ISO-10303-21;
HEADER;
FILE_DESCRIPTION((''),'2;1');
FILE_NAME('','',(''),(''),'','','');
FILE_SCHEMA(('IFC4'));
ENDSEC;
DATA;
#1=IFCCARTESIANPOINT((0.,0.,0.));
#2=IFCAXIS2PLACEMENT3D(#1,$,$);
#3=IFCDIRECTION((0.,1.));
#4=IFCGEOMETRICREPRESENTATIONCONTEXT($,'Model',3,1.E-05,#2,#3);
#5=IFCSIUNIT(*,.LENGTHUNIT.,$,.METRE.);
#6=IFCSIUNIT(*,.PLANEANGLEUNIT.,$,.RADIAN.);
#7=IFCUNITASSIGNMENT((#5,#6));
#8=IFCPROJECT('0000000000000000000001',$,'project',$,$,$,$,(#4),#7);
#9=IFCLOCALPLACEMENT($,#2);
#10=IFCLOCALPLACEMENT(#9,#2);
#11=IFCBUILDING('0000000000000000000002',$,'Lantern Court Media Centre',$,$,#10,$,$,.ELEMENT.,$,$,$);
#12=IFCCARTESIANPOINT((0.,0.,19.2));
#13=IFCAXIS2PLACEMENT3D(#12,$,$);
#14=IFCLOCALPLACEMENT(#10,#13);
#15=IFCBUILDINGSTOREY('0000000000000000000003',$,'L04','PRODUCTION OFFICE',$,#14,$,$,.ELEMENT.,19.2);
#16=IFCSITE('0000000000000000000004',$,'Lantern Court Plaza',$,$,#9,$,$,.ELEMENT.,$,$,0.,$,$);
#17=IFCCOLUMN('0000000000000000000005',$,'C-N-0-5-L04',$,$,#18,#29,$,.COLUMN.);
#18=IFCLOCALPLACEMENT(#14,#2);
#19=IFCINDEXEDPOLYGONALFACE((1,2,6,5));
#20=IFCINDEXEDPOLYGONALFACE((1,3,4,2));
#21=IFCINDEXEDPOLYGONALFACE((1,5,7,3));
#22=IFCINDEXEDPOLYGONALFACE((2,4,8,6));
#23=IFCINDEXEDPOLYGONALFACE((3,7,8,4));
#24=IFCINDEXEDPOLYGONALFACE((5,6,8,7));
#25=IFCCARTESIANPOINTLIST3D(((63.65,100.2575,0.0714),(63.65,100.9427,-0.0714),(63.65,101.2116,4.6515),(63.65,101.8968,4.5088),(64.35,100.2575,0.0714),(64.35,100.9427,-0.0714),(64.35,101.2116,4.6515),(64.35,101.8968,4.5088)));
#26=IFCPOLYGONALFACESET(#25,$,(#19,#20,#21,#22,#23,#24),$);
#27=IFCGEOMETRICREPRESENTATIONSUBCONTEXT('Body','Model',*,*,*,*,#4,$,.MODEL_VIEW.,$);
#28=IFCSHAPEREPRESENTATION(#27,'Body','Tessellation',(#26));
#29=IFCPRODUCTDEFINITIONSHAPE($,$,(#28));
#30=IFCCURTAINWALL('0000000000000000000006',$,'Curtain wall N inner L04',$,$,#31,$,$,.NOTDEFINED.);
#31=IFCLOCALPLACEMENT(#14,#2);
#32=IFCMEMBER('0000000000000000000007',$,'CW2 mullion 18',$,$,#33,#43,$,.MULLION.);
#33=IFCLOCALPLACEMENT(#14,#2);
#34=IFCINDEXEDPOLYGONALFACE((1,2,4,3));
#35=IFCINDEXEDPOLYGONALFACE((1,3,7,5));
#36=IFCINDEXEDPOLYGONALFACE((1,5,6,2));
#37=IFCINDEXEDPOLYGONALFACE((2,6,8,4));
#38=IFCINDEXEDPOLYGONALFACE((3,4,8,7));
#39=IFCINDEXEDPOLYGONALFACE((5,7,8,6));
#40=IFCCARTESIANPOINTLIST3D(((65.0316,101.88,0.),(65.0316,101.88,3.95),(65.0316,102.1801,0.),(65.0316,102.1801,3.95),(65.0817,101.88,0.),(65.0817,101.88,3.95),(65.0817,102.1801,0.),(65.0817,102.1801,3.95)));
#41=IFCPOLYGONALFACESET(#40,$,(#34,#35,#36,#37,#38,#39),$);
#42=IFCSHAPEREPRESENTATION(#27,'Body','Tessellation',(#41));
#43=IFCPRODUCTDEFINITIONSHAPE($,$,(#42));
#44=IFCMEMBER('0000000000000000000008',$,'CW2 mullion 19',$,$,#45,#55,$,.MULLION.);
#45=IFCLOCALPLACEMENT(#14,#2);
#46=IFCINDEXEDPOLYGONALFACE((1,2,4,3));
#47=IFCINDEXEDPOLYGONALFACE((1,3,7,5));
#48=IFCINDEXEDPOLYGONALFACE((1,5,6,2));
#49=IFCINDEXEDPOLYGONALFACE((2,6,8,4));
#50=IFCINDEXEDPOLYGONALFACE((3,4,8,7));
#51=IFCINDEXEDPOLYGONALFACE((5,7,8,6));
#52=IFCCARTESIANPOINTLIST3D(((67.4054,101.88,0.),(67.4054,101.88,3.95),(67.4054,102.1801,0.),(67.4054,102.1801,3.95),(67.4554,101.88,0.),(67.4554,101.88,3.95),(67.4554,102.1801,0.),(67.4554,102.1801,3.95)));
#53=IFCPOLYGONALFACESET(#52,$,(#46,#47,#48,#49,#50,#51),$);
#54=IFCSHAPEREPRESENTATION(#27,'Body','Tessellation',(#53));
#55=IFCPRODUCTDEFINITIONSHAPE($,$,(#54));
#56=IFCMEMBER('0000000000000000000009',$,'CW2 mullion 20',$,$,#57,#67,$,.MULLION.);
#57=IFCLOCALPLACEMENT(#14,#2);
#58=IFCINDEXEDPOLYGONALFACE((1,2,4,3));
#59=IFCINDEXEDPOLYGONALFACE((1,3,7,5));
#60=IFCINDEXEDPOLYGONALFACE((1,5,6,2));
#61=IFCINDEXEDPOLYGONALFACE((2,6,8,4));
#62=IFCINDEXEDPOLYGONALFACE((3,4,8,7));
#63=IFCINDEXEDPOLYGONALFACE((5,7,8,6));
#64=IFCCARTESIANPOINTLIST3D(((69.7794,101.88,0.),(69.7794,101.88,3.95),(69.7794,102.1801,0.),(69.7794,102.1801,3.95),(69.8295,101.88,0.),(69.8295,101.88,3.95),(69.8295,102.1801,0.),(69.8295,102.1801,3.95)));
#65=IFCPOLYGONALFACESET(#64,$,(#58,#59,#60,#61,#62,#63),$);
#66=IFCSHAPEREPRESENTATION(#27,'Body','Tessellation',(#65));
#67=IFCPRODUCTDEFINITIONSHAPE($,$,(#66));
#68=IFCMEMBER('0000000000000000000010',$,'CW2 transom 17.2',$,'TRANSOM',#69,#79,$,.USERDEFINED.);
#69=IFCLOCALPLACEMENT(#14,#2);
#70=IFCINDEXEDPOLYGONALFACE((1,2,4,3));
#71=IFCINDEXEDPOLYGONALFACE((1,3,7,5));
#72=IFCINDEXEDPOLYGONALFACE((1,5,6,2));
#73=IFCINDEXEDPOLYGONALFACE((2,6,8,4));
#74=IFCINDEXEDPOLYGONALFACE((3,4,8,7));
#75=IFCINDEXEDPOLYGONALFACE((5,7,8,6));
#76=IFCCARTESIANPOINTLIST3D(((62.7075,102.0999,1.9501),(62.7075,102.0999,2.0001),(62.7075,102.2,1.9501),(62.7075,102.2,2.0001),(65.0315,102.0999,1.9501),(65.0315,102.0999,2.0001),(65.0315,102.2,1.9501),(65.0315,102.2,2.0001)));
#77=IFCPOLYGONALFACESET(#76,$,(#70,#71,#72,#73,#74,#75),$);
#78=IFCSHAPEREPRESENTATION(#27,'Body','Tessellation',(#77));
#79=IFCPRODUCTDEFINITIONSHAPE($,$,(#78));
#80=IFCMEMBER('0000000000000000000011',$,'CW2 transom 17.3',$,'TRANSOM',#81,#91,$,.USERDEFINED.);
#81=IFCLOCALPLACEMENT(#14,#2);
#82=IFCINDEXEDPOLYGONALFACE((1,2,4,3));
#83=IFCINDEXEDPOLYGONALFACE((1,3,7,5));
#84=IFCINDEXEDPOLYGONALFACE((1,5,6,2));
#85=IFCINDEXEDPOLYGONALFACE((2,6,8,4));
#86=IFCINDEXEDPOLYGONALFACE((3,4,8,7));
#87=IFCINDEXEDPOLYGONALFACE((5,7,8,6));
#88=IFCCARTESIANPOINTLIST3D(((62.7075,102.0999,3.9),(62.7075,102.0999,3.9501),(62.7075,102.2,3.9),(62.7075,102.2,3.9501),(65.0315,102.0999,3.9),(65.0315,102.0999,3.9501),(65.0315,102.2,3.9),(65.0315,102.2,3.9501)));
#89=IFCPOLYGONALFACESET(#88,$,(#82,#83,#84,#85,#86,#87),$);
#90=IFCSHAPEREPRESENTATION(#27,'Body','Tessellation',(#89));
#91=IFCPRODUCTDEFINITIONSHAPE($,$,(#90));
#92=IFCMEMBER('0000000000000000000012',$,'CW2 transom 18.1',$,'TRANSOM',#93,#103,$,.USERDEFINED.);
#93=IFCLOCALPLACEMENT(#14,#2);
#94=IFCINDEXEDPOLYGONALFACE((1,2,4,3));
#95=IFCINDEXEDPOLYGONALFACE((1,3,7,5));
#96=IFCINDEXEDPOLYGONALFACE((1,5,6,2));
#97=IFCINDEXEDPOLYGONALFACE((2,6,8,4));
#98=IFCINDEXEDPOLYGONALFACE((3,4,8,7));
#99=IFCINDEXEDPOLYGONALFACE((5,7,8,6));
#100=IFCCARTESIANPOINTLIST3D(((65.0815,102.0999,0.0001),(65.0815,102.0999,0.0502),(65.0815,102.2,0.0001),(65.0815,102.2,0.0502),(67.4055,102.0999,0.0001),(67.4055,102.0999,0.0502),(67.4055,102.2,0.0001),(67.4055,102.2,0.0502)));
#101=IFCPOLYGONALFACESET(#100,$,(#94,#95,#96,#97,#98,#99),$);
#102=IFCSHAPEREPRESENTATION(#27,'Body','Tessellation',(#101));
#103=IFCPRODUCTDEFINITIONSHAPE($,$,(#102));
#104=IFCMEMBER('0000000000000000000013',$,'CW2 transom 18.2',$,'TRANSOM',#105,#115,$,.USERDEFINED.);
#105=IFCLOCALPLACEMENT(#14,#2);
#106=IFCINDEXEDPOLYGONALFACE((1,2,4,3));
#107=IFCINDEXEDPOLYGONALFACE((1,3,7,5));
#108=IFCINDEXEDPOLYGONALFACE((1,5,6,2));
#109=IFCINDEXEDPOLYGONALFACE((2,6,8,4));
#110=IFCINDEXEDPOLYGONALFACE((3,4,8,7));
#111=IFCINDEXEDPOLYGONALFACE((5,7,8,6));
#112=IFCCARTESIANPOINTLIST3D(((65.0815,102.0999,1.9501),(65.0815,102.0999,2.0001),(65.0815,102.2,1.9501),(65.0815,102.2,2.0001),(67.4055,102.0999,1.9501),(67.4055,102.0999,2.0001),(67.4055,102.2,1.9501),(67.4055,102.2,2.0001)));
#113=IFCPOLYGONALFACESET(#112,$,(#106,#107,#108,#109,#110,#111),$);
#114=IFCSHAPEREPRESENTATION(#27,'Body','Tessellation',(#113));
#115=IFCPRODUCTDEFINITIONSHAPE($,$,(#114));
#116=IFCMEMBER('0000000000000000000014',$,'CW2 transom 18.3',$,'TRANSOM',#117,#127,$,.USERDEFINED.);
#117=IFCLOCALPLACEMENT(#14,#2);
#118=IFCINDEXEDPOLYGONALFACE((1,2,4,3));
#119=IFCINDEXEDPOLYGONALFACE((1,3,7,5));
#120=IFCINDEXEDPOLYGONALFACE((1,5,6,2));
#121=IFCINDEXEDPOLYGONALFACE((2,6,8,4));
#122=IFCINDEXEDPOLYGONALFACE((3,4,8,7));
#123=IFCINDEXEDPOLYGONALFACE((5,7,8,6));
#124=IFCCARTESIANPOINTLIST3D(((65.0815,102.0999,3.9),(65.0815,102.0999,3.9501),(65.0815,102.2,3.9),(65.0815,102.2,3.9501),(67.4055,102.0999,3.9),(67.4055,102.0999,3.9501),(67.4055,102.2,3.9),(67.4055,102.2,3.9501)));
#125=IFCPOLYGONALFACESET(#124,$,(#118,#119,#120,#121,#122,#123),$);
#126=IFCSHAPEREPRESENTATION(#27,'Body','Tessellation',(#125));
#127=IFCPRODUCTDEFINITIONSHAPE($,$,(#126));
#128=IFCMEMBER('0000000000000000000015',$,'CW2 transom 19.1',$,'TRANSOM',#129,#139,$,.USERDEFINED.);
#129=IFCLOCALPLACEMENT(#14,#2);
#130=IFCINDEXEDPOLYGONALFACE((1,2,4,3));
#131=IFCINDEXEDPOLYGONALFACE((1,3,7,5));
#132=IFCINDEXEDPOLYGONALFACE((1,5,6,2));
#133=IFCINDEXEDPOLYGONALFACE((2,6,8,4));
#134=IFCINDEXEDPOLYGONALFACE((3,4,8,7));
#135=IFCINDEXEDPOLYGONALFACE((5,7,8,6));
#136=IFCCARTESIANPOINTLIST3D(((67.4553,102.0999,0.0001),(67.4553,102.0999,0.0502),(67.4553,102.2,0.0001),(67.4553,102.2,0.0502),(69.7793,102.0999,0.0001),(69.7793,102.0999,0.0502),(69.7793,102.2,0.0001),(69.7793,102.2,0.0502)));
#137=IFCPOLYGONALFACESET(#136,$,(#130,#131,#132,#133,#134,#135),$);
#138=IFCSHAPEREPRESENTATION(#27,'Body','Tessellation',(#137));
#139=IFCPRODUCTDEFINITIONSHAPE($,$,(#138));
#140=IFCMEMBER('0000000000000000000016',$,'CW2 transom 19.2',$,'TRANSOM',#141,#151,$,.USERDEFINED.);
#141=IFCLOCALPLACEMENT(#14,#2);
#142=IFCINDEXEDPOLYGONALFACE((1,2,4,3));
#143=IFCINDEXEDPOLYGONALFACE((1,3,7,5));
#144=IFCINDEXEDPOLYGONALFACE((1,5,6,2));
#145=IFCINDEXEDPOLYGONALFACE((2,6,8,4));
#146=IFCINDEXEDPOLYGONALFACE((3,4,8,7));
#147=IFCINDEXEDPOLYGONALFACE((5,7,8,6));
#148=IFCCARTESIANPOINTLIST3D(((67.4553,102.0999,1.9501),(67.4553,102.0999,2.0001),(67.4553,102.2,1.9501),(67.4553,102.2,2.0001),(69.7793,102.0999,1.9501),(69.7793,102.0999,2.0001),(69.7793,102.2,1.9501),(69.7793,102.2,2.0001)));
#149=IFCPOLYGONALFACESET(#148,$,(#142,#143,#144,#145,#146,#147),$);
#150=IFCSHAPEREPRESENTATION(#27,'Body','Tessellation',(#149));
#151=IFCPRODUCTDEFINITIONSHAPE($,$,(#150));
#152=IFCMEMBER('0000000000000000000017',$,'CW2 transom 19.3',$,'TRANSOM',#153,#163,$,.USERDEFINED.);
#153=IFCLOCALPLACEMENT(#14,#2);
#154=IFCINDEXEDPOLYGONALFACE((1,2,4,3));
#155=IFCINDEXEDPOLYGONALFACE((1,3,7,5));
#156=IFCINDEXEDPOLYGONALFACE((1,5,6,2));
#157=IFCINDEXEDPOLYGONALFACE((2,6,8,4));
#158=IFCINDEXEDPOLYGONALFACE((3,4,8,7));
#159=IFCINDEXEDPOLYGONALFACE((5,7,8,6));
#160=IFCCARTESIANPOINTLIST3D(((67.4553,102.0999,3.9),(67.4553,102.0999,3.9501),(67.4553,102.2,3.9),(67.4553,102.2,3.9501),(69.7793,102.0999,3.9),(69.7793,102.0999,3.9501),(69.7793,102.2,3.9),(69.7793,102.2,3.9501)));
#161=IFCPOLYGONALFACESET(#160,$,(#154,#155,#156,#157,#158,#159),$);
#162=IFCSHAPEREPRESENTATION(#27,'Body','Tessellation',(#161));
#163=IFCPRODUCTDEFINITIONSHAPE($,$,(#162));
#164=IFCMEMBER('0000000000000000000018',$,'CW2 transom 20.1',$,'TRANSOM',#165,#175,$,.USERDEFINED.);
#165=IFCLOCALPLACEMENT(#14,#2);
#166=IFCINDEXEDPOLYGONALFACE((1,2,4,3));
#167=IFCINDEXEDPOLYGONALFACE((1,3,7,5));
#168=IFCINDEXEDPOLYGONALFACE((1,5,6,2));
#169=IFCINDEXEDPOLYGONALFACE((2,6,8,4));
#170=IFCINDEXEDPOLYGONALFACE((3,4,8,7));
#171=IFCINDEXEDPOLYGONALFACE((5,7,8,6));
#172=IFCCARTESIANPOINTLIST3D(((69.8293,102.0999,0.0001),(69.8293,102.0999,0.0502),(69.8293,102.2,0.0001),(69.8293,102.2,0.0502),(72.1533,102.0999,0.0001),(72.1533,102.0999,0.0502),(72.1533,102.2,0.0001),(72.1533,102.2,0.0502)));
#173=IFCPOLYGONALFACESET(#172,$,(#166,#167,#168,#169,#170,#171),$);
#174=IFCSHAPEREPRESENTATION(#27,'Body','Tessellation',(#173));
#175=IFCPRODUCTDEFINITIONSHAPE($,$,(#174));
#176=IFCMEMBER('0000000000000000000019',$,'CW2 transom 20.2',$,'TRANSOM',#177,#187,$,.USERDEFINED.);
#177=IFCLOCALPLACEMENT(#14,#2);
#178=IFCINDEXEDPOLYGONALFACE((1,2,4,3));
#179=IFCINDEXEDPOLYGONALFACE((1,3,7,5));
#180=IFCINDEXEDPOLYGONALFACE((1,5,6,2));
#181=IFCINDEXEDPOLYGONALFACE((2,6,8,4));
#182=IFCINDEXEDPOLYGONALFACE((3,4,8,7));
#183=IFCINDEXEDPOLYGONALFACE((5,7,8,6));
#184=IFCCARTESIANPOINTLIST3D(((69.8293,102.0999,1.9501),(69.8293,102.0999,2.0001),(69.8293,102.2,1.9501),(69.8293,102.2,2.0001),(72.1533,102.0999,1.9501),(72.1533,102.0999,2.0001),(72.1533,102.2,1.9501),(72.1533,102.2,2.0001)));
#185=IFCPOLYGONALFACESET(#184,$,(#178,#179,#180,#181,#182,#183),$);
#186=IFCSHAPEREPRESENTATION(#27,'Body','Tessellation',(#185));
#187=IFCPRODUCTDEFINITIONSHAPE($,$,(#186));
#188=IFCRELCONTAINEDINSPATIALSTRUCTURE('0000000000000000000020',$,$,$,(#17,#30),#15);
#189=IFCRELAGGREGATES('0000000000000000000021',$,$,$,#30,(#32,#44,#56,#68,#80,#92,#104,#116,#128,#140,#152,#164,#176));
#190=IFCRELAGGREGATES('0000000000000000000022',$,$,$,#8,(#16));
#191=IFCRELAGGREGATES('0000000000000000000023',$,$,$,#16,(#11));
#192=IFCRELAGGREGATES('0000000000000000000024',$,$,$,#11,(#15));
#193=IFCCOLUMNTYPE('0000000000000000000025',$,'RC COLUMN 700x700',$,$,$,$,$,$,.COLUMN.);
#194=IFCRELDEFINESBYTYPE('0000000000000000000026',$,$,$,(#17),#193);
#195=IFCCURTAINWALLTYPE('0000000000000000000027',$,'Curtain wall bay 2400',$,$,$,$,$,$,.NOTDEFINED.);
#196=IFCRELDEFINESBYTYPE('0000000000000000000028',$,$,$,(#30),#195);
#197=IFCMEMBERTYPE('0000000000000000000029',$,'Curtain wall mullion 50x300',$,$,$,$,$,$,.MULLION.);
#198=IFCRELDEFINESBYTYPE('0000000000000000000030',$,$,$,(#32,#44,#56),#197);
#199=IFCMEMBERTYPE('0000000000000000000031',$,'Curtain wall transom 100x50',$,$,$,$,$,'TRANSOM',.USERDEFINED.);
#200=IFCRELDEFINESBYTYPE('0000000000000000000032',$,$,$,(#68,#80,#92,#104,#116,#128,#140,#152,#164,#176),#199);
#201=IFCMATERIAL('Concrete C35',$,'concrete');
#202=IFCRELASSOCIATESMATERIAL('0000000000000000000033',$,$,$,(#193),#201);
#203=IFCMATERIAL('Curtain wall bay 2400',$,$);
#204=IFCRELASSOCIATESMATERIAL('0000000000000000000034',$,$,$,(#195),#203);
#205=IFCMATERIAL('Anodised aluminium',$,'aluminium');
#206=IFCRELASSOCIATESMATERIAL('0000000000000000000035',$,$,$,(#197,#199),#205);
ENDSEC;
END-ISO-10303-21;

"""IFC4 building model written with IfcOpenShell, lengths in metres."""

from ifc_helpers import new_model, si_unit, direction, frame, origin, origin_2d, place, context, subcontext, project, spatial, rectangle, extrude, material, material_profile, profile_set, type_object, element, aggregate, save


model = new_model("IFC4")

# Units and contexts
model_context = context("Model", 3, precision=1e-05, world=origin(), true_north=direction((0.0, 1.0)))
body_context = subcontext(model_context, "Body", "Model", "MODEL_VIEW")
ifc_project = project(units=[si_unit("LENGTHUNIT", "METRE"), si_unit("PLANEANGLEUNIT", "RADIAN")], contexts=[model_context])

# Site, building, storey
site_placement = place(None, origin())
site = spatial("IfcSite", under=ifc_project, at=site_placement, Name="Lantern Court Plaza", CompositionType="ELEMENT", RefElevation=0.0)
building_placement = place(site_placement, origin())
building = spatial("IfcBuilding", under=site, at=building_placement, Name="Lantern Court Media Centre", CompositionType="ELEMENT")
storey_placement = place(building_placement, frame((0.0, 0.0, 19.2)))
storey = spatial("IfcBuildingStorey", under=building, at=storey_placement, Name="L04", Description="PRODUCTION OFFICE", CompositionType="ELEMENT", Elevation=19.2)

# Column
ifc_material_1 = material(Name="Concrete C35", Category="concrete")
ifc_material_profile_1 = material_profile(ifc_material_1, rectangle(XDim=0.7, YDim=0.7, at=origin_2d()), Name="RC 700x700")
ifc_profile_set_1 = profile_set([ifc_material_profile_1], Name="Concrete C35")
column_type = type_object("IfcColumnType", Name="RC COLUMN 700x700", PredefinedType="COLUMN", material=ifc_profile_set_1)
column_placement = place(storey_placement, frame((64.0, 100.6001, 0.0), z_axis=(0.0, 0.203938, 0.978984), x_axis=(-1.0, 0.0, 0.0)))
element("IfcColumn", 1, at=column_placement, inside=storey, type_object=column_type, Name="C-N-0-5-L04", PredefinedType="COLUMN", context=body_context, shape_type="SweptSolid", body=[
    extrude(rectangle(XDim=0.7, YDim=0.7, at=origin_2d()), origin(), (0.0, 0.0, 1.0), 4.6785),
])

# Curtain wall, members
ifc_material_2 = material(Name="Curtain wall bay 2400")
curtain_wall_type = type_object("IfcCurtainWallType", Name="Curtain wall bay 2400", PredefinedType="NOTDEFINED", material=ifc_material_2)
curtain_wall_placement = place(storey_placement, origin())
curtain_wall = element("IfcCurtainWall", 2, at=curtain_wall_placement, inside=storey, type_object=curtain_wall_type, Name="Curtain wall N inner L04", PredefinedType="NOTDEFINED")
ifc_material_3 = material(Name="Anodised aluminium", Category="aluminium")
ifc_material_profile_2 = material_profile(ifc_material_3, rectangle(XDim=0.3, YDim=0.05, at=origin_2d()), Name="AL 50x300")
ifc_profile_set_2 = profile_set([ifc_material_profile_2], Name="Anodised aluminium")
member_type_1 = type_object("IfcMemberType", Name="Curtain wall mullion 50x300", PredefinedType="MULLION", material=ifc_profile_set_2)
member_1_placement = place(storey_placement, frame((65.0566, 102.03, 0.0), z_axis=(0.0, 0.0, 1.0), x_axis=(0.0, 1.0, 0.0)))
member_1 = element("IfcMember", 3, at=member_1_placement, type_object=member_type_1, Name="CW2 mullion 18", PredefinedType="MULLION", context=body_context, shape_type="SweptSolid", body=[
    extrude(rectangle(XDim=0.3, YDim=0.05, at=origin_2d()), origin(), (0.0, 0.0, 1.0), 3.95),
])
member_2_placement = place(storey_placement, frame((67.4304, 102.03, 0.0), z_axis=(0.0, 0.0, 1.0), x_axis=(0.0, 1.0, 0.0)))
member_2 = element("IfcMember", 4, at=member_2_placement, type_object=member_type_1, Name="CW2 mullion 19", PredefinedType="MULLION", context=body_context, shape_type="SweptSolid", body=[
    extrude(rectangle(XDim=0.3, YDim=0.05, at=origin_2d()), origin(), (0.0, 0.0, 1.0), 3.95),
])
member_3_placement = place(storey_placement, frame((69.8044, 102.03, 0.0), z_axis=(0.0, 0.0, 1.0), x_axis=(0.0, 1.0, 0.0)))
member_3 = element("IfcMember", 5, at=member_3_placement, type_object=member_type_1, Name="CW2 mullion 20", PredefinedType="MULLION", context=body_context, shape_type="SweptSolid", body=[
    extrude(rectangle(XDim=0.3, YDim=0.05, at=origin_2d()), origin(), (0.0, 0.0, 1.0), 3.95),
])
ifc_material_profile_3 = material_profile(ifc_material_3, rectangle(XDim=0.1001, YDim=0.05, at=origin_2d()), Name="AL 50x100")
ifc_profile_set_3 = profile_set([ifc_material_profile_3], Name="Anodised aluminium")
member_type_2 = type_object("IfcMemberType", Name="Curtain wall transom 100x50", ElementType="TRANSOM", PredefinedType="USERDEFINED", material=ifc_profile_set_3)
member_4_placement = place(storey_placement, frame((62.7075, 102.1499, 1.9751), z_axis=(1.0, 0.0, 0.0), x_axis=(0.0, 1.0, 0.0)))
member_4 = element("IfcMember", 6, at=member_4_placement, type_object=member_type_2, Name="CW2 transom 17.2", ObjectType="TRANSOM", PredefinedType="USERDEFINED", context=body_context, shape_type="SweptSolid", body=[
    extrude(rectangle(XDim=0.1001, YDim=0.05, at=origin_2d()), origin(), (0.0, 0.0, 1.0), 2.324),
])
member_5_placement = place(storey_placement, frame((62.7075, 102.1499, 3.925), z_axis=(1.0, 0.0, 0.0), x_axis=(0.0, 1.0, 0.0)))
member_5 = element("IfcMember", 7, at=member_5_placement, type_object=member_type_2, Name="CW2 transom 17.3", ObjectType="TRANSOM", PredefinedType="USERDEFINED", context=body_context, shape_type="SweptSolid", body=[
    extrude(rectangle(XDim=0.1001, YDim=0.05, at=origin_2d()), origin(), (0.0, 0.0, 1.0), 2.324),
])
member_6_placement = place(storey_placement, frame((65.0815, 102.1499, 0.0251), z_axis=(1.0, 0.0, 0.0), x_axis=(0.0, 1.0, 0.0)))
member_6 = element("IfcMember", 8, at=member_6_placement, type_object=member_type_2, Name="CW2 transom 18.1", ObjectType="TRANSOM", PredefinedType="USERDEFINED", context=body_context, shape_type="SweptSolid", body=[
    extrude(rectangle(XDim=0.1001, YDim=0.05, at=origin_2d()), origin(), (0.0, 0.0, 1.0), 2.324),
])
member_7_placement = place(storey_placement, frame((65.0815, 102.1499, 1.9751), z_axis=(1.0, 0.0, 0.0), x_axis=(0.0, 1.0, 0.0)))
member_7 = element("IfcMember", 9, at=member_7_placement, type_object=member_type_2, Name="CW2 transom 18.2", ObjectType="TRANSOM", PredefinedType="USERDEFINED", context=body_context, shape_type="SweptSolid", body=[
    extrude(rectangle(XDim=0.1001, YDim=0.05, at=origin_2d()), origin(), (0.0, 0.0, 1.0), 2.324),
])
member_8_placement = place(storey_placement, frame((65.0815, 102.1499, 3.925), z_axis=(1.0, 0.0, 0.0), x_axis=(0.0, 1.0, 0.0)))
member_8 = element("IfcMember", 10, at=member_8_placement, type_object=member_type_2, Name="CW2 transom 18.3", ObjectType="TRANSOM", PredefinedType="USERDEFINED", context=body_context, shape_type="SweptSolid", body=[
    extrude(rectangle(XDim=0.1001, YDim=0.05, at=origin_2d()), origin(), (0.0, 0.0, 1.0), 2.324),
])
member_9_placement = place(storey_placement, frame((67.4553, 102.1499, 0.0251), z_axis=(1.0, 0.0, 0.0), x_axis=(0.0, 1.0, 0.0)))
member_9 = element("IfcMember", 11, at=member_9_placement, type_object=member_type_2, Name="CW2 transom 19.1", ObjectType="TRANSOM", PredefinedType="USERDEFINED", context=body_context, shape_type="SweptSolid", body=[
    extrude(rectangle(XDim=0.1001, YDim=0.05, at=origin_2d()), origin(), (0.0, 0.0, 1.0), 2.324),
])
member_10_placement = place(storey_placement, frame((67.4553, 102.1499, 1.9751), z_axis=(1.0, 0.0, 0.0), x_axis=(0.0, 1.0, 0.0)))
member_10 = element("IfcMember", 12, at=member_10_placement, type_object=member_type_2, Name="CW2 transom 19.2", ObjectType="TRANSOM", PredefinedType="USERDEFINED", context=body_context, shape_type="SweptSolid", body=[
    extrude(rectangle(XDim=0.1001, YDim=0.05, at=origin_2d()), origin(), (0.0, 0.0, 1.0), 2.324),
])
member_11_placement = place(storey_placement, frame((67.4553, 102.1499, 3.925), z_axis=(1.0, 0.0, 0.0), x_axis=(0.0, 1.0, 0.0)))
member_11 = element("IfcMember", 13, at=member_11_placement, type_object=member_type_2, Name="CW2 transom 19.3", ObjectType="TRANSOM", PredefinedType="USERDEFINED", context=body_context, shape_type="SweptSolid", body=[
    extrude(rectangle(XDim=0.1001, YDim=0.05, at=origin_2d()), origin(), (0.0, 0.0, 1.0), 2.324),
])
member_12_placement = place(storey_placement, frame((69.8293, 102.1499, 0.0251), z_axis=(1.0, 0.0, 0.0), x_axis=(0.0, 1.0, 0.0)))
member_12 = element("IfcMember", 14, at=member_12_placement, type_object=member_type_2, Name="CW2 transom 20.1", ObjectType="TRANSOM", PredefinedType="USERDEFINED", context=body_context, shape_type="SweptSolid", body=[
    extrude(rectangle(XDim=0.1001, YDim=0.05, at=origin_2d()), origin(), (0.0, 0.0, 1.0), 2.324),
])
member_13_placement = place(storey_placement, frame((69.8293, 102.1499, 1.9751), z_axis=(1.0, 0.0, 0.0), x_axis=(0.0, 1.0, 0.0)))
member_13 = element("IfcMember", 15, at=member_13_placement, type_object=member_type_2, Name="CW2 transom 20.2", ObjectType="TRANSOM", PredefinedType="USERDEFINED", context=body_context, shape_type="SweptSolid", body=[
    extrude(rectangle(XDim=0.1001, YDim=0.05, at=origin_2d()), origin(), (0.0, 0.0, 1.0), 2.324),
])

aggregate(curtain_wall, [member_1, member_2, member_3, member_4, member_5, member_6, member_7, member_8, member_9, member_10, member_11, member_12, member_13])

save(model, "model.ifc")
